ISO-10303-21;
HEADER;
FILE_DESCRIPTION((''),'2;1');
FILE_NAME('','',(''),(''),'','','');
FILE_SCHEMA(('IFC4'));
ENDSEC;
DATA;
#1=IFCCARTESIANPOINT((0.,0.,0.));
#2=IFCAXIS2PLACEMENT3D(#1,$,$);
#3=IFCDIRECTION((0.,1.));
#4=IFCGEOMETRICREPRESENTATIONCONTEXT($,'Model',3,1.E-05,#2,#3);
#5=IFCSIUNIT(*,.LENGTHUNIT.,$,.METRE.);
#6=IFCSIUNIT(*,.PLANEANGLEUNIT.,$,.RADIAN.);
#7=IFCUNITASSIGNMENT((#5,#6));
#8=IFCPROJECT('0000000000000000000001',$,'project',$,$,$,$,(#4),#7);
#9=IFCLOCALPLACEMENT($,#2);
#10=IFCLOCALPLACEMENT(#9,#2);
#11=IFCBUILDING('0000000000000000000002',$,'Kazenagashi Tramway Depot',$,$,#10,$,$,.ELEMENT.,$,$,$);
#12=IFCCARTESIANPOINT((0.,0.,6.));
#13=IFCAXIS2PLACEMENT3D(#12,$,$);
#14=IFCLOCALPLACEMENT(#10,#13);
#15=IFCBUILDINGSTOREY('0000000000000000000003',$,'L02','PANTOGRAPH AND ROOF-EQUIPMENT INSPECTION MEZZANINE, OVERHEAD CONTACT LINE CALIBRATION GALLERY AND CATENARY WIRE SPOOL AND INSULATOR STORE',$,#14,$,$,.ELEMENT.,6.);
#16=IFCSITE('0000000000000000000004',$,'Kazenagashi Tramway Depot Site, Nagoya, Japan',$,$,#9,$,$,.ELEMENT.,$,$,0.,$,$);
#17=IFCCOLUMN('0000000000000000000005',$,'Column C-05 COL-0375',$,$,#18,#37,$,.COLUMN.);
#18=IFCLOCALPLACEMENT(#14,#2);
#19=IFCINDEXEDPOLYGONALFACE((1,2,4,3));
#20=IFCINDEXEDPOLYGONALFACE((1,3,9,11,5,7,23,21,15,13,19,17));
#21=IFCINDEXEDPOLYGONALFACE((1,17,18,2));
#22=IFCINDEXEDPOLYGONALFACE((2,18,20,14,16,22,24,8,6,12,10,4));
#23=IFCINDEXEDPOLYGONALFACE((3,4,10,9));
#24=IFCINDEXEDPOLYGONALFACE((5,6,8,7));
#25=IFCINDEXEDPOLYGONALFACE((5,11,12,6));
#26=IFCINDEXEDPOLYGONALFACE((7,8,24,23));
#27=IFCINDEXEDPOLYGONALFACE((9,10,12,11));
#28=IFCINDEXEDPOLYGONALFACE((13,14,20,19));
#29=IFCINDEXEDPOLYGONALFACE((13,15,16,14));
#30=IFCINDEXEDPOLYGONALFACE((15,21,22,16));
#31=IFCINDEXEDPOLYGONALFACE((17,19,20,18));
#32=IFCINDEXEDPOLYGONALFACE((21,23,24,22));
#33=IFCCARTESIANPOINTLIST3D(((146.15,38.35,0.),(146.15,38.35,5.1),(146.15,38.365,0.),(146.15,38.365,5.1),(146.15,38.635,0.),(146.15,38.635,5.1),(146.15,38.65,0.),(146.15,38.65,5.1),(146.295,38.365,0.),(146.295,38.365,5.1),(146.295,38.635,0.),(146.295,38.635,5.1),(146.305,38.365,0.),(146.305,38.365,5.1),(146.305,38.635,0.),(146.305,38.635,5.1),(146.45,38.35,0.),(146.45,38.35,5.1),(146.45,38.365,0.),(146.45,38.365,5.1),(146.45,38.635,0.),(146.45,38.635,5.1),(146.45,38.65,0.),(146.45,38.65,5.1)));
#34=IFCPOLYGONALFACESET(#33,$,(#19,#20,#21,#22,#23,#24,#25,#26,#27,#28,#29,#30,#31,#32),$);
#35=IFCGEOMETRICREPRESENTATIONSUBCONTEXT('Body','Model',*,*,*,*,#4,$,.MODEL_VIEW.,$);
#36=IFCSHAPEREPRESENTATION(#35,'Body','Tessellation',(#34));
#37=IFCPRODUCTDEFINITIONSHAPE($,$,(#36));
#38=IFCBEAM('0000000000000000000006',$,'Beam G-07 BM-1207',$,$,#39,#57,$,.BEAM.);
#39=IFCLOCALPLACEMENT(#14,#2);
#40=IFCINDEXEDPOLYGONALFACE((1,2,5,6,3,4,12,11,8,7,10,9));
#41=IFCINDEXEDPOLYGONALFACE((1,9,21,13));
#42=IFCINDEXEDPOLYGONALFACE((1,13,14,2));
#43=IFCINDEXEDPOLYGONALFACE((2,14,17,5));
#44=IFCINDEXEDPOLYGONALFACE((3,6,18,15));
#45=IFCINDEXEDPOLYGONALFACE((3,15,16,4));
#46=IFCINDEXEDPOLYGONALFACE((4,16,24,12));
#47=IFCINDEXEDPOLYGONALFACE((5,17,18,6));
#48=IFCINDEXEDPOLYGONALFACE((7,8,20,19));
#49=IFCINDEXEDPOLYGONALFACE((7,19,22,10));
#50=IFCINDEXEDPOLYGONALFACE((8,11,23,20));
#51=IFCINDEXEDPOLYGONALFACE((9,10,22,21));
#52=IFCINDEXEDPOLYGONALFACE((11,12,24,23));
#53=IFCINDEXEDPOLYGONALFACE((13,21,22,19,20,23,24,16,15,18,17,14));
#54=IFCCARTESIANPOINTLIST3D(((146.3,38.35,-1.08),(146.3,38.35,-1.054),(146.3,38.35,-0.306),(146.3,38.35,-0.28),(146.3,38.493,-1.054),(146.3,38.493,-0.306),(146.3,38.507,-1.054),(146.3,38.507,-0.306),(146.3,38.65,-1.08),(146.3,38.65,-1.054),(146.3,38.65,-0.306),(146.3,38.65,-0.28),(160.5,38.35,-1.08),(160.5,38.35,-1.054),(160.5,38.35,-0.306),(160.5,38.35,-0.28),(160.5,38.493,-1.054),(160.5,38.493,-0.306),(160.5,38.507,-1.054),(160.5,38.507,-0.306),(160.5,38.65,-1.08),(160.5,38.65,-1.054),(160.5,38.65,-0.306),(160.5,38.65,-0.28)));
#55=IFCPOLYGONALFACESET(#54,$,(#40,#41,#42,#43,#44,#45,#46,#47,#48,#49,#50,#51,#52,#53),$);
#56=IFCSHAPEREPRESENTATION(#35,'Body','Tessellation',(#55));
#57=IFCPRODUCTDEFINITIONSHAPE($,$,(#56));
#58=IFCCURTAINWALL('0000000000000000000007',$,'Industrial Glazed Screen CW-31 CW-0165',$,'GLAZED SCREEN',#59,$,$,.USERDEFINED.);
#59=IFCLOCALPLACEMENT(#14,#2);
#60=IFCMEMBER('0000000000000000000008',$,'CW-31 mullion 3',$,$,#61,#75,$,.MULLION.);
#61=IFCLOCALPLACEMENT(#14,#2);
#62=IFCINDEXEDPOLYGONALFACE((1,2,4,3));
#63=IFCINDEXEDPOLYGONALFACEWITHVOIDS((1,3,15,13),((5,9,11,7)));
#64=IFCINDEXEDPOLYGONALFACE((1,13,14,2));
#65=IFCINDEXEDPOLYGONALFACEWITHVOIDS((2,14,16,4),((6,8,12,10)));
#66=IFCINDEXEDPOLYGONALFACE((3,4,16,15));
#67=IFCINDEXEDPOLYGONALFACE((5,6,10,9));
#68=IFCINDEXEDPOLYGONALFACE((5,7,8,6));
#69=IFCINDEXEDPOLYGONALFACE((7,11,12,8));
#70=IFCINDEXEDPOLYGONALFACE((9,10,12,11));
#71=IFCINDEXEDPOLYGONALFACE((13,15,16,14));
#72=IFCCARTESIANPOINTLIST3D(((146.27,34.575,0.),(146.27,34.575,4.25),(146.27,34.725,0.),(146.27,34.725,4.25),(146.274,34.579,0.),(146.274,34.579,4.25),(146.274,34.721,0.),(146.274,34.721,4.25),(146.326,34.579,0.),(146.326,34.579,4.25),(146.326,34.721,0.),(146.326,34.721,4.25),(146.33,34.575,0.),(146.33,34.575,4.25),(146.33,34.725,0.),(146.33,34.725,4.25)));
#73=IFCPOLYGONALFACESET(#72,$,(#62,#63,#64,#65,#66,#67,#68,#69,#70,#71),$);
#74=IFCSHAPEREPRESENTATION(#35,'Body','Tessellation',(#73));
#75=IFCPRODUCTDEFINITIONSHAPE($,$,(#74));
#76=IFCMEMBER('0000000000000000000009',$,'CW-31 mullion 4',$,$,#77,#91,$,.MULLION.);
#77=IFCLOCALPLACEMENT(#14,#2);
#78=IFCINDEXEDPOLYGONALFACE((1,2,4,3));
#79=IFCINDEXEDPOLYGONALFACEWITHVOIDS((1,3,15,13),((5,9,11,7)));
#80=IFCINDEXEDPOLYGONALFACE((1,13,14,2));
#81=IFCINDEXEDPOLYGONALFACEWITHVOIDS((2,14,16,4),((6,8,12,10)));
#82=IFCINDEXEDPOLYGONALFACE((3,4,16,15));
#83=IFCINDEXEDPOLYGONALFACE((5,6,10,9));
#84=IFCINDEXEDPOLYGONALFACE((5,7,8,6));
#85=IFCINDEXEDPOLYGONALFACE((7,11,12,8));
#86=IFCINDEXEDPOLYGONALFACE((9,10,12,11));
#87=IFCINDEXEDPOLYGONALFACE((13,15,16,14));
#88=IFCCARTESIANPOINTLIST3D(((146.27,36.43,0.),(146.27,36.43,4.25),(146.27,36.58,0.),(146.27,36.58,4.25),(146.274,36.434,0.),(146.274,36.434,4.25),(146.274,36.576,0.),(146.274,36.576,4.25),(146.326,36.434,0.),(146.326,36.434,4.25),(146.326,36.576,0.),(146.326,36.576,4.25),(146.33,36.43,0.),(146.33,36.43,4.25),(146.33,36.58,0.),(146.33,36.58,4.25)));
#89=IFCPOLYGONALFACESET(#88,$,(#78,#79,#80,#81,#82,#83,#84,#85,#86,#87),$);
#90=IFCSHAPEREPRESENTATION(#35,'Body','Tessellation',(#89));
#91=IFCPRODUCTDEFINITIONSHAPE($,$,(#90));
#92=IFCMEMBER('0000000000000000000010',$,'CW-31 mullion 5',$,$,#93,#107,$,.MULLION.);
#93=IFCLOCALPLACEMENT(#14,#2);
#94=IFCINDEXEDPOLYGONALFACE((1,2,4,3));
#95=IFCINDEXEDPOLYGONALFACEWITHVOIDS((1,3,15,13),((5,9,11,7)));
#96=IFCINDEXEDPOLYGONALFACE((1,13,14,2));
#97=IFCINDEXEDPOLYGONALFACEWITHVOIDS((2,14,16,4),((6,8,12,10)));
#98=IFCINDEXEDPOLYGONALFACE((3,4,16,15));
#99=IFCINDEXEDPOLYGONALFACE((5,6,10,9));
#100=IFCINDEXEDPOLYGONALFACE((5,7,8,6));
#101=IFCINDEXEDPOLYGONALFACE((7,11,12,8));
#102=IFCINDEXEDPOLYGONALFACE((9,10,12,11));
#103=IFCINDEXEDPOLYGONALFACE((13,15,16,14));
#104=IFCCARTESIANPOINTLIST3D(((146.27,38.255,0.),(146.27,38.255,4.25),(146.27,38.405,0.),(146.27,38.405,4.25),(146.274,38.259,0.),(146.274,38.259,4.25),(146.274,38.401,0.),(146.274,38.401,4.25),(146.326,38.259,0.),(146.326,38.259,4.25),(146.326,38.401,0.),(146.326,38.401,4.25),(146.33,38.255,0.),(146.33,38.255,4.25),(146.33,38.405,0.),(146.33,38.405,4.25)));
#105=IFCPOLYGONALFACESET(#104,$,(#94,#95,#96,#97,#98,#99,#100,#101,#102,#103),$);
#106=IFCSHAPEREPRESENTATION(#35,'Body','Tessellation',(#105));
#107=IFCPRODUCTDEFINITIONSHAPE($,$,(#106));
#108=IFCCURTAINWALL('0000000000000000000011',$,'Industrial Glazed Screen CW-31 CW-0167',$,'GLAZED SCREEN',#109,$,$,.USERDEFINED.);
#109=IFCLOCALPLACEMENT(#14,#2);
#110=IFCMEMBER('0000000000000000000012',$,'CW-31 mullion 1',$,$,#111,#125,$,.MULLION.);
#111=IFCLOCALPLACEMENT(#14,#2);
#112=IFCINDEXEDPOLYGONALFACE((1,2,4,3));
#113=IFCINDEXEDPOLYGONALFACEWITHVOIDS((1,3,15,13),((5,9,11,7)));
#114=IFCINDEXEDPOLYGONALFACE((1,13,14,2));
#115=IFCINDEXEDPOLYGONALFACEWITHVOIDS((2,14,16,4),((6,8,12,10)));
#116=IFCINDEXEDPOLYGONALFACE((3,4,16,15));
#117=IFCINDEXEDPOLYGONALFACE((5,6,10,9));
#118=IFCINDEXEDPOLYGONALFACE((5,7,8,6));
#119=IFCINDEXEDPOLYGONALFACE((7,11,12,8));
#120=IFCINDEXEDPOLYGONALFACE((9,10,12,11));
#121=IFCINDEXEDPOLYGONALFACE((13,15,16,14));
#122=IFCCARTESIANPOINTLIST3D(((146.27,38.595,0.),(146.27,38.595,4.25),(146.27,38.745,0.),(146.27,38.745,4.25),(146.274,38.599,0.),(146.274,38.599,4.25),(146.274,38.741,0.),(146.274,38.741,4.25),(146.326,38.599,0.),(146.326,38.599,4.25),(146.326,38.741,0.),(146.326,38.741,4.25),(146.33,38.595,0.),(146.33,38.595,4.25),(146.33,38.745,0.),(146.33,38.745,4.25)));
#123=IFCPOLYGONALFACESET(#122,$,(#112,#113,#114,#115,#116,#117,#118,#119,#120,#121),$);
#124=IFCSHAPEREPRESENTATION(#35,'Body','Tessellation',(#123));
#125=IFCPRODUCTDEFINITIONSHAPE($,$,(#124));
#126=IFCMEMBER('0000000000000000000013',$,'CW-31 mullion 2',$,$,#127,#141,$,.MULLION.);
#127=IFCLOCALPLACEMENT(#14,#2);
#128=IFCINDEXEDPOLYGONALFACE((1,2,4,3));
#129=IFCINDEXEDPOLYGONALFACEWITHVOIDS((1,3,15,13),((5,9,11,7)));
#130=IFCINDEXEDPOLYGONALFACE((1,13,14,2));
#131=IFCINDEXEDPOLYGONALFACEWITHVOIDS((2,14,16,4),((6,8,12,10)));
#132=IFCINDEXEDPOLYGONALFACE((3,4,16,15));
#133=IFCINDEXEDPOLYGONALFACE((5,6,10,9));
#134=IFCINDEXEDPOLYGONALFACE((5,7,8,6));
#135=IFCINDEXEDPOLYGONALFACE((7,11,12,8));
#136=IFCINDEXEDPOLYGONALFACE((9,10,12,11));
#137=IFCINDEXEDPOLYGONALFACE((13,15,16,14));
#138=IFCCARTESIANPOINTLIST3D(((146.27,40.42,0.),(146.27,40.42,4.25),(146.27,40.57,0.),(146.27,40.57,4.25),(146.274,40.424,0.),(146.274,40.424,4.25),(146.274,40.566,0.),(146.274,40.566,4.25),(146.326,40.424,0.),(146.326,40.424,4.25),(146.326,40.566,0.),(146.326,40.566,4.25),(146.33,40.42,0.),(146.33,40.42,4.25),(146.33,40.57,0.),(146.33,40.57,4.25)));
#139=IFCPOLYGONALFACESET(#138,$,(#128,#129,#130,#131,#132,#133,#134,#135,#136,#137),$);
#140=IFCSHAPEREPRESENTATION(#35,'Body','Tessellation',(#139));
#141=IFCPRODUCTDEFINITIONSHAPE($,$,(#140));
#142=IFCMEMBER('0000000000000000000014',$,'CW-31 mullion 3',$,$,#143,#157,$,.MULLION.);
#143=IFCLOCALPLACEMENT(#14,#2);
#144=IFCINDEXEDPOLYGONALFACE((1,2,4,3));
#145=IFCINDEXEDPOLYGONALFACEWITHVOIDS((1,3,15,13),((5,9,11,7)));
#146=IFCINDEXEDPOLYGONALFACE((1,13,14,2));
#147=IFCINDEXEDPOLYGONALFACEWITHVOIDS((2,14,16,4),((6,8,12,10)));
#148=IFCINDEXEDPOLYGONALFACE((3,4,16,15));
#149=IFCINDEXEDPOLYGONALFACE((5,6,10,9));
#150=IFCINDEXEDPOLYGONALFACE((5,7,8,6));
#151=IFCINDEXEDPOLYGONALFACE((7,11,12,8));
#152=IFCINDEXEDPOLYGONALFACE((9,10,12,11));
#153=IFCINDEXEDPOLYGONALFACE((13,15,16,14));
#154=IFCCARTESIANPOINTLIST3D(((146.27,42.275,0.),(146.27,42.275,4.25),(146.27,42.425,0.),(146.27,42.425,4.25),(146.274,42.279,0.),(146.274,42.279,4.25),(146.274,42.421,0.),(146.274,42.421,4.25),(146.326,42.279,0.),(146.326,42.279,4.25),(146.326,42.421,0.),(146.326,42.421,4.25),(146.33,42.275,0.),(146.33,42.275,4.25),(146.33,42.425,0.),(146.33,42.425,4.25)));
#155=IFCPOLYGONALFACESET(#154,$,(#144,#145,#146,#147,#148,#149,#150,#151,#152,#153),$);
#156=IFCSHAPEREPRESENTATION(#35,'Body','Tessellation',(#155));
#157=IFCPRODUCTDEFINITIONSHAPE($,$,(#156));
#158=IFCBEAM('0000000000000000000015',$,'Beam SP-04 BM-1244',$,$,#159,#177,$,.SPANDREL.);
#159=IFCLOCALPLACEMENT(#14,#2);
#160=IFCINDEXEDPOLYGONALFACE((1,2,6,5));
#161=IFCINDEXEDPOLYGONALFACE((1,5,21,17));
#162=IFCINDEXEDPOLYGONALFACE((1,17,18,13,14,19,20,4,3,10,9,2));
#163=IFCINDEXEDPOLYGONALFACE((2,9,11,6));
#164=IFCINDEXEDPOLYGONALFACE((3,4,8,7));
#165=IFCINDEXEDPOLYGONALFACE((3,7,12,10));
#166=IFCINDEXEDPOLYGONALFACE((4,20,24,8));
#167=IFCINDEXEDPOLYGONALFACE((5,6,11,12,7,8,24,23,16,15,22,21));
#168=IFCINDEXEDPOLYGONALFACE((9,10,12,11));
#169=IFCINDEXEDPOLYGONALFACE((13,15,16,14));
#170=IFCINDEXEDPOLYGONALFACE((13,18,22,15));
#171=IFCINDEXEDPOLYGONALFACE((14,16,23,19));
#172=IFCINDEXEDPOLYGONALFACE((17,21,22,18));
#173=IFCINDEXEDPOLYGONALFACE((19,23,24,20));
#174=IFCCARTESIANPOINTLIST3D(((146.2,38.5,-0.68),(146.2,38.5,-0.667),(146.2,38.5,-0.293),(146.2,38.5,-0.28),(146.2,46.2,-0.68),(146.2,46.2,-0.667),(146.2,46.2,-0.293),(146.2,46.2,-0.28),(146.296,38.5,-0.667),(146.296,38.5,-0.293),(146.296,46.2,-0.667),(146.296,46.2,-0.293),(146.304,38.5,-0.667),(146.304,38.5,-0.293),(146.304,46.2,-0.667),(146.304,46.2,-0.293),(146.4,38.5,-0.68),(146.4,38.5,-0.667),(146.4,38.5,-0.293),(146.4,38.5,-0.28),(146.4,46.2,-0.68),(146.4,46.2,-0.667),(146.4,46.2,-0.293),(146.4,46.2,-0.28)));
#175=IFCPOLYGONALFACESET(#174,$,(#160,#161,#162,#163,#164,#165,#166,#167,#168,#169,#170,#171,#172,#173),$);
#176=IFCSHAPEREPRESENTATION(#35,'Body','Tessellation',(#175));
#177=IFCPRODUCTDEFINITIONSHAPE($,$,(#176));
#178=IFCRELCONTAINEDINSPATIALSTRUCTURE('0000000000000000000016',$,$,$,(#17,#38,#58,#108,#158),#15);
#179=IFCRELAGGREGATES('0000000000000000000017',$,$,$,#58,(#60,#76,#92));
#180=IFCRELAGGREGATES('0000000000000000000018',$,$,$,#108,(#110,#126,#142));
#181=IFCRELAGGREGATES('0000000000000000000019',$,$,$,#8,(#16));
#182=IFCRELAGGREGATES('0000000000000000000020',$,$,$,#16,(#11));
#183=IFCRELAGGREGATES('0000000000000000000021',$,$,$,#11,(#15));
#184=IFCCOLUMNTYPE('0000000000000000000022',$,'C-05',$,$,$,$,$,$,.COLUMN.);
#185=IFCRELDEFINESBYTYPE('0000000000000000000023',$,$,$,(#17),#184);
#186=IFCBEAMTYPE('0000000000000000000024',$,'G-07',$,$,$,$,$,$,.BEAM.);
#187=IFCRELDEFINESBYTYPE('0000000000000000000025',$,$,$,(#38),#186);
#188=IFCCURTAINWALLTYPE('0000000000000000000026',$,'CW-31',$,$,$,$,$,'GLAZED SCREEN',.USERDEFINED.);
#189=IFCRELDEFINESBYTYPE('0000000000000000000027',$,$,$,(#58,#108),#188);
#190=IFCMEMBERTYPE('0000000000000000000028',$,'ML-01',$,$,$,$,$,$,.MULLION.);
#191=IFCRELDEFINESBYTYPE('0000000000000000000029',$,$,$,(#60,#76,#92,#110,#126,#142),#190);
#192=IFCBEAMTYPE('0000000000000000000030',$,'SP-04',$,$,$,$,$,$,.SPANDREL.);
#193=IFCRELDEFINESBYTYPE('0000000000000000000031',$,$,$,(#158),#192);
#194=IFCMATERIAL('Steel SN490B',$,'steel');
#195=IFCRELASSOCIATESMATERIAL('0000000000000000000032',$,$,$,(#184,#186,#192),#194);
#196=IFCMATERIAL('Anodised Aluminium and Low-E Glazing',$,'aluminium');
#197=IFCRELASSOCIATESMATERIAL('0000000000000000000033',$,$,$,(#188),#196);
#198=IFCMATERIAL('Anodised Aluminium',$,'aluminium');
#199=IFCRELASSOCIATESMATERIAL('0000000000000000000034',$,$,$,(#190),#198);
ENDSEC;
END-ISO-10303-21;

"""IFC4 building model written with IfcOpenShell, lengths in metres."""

from ifc_helpers import new_model, si_unit, direction, frame, origin, origin_2d, place, context, subcontext, project, spatial, hollow_rectangle, i_section, extrude, material, material_profile, profile_set, type_object, element, aggregate, save


model = new_model("IFC4")

# Units and contexts
model_context = context("Model", 3, precision=1e-05, world=origin(), true_north=direction((0.0, 1.0)))
body_context = subcontext(model_context, "Body", "Model", "MODEL_VIEW")
ifc_project = project(units=[si_unit("LENGTHUNIT", "METRE"), si_unit("PLANEANGLEUNIT", "RADIAN")], contexts=[model_context])

# Site, building, storey
site_placement = place(None, origin())
site = spatial("IfcSite", under=ifc_project, at=site_placement, Name="Kazenagashi Tramway Depot Site, Nagoya, Japan", CompositionType="ELEMENT", RefElevation=0.0)
building_placement = place(site_placement, origin())
building = spatial("IfcBuilding", under=site, at=building_placement, Name="Kazenagashi Tramway Depot", CompositionType="ELEMENT")
storey_placement = place(building_placement, frame((0.0, 0.0, 6.0)))
storey = spatial("IfcBuildingStorey", under=building, at=storey_placement, Name="L02", Description="PANTOGRAPH AND ROOF-EQUIPMENT INSPECTION MEZZANINE, OVERHEAD CONTACT LINE CALIBRATION GALLERY AND CATENARY WIRE SPOOL AND INSULATOR STORE", CompositionType="ELEMENT", Elevation=6.0)

# Column
ifc_material_1 = material(Name="Steel SN490B", Category="steel")
ifc_material_profile_1 = material_profile(ifc_material_1, i_section(OverallWidth=0.3, OverallDepth=0.3, WebThickness=0.01, FlangeThickness=0.015, at=origin_2d()), Name="H-300x300x10x15")
ifc_profile_set_1 = profile_set([ifc_material_profile_1], Name="Steel SN490B")
column_type = type_object("IfcColumnType", Name="C-05", PredefinedType="COLUMN", material=ifc_profile_set_1)
column_placement = place(storey_placement, frame((146.3, 38.5, 0.0), z_axis=(0.0, 0.0, 1.0), x_axis=(1.0, 0.0, 0.0)))
element("IfcColumn", 1, at=column_placement, inside=storey, type_object=column_type, Name="Column C-05 COL-0375", PredefinedType="COLUMN", context=body_context, shape_type="SweptSolid", body=[
    extrude(i_section(OverallWidth=0.3, OverallDepth=0.3, WebThickness=0.01, FlangeThickness=0.015, at=origin_2d()), origin(), (0.0, 0.0, 1.0), 5.1),
])

# Beam
ifc_material_profile_2 = material_profile(ifc_material_1, i_section(OverallWidth=0.3, OverallDepth=0.8, WebThickness=0.014, FlangeThickness=0.026, at=origin_2d()), Name="H-800x300x14x26")
ifc_profile_set_2 = profile_set([ifc_material_profile_2], Name="Steel SN490B")
beam_type_1 = type_object("IfcBeamType", Name="G-07", PredefinedType="BEAM", material=ifc_profile_set_2)
beam_1_placement = place(storey_placement, frame((146.3, 38.5, -0.68), z_axis=(1.0, 0.0, 0.0), x_axis=(0.0, 1.0, 0.0)))
element("IfcBeam", 2, at=beam_1_placement, inside=storey, type_object=beam_type_1, Name="Beam G-07 BM-1207", PredefinedType="BEAM", context=body_context, shape_type="SweptSolid", body=[
    extrude(i_section(OverallWidth=0.3, OverallDepth=0.8, WebThickness=0.014, FlangeThickness=0.026, at=origin_2d()), origin(), (0.0, 0.0, 1.0), 14.2),
])

# Curtain walls, members
ifc_material_2 = material(Name="Anodised Aluminium and Low-E Glazing", Category="aluminium")
curtain_wall_type = type_object("IfcCurtainWallType", Name="CW-31", ElementType="GLAZED SCREEN", PredefinedType="USERDEFINED", material=ifc_material_2)
curtain_wall_1_placement = place(storey_placement, origin())
curtain_wall_1 = element("IfcCurtainWall", 3, at=curtain_wall_1_placement, inside=storey, type_object=curtain_wall_type, Name="Industrial Glazed Screen CW-31 CW-0165", ObjectType="GLAZED SCREEN", PredefinedType="USERDEFINED")
ifc_material_3 = material(Name="Anodised Aluminium", Category="aluminium")
ifc_material_profile_3 = material_profile(ifc_material_3, hollow_rectangle(XDim=0.06, YDim=0.15, WallThickness=0.004, at=origin_2d()), Name="RHS-150x60x4")
ifc_profile_set_3 = profile_set([ifc_material_profile_3], Name="Anodised Aluminium")
member_type_1 = type_object("IfcMemberType", Name="ML-01", PredefinedType="MULLION", material=ifc_profile_set_3)
member_1_placement = place(storey_placement, frame((146.3, 34.65, 0.0), z_axis=(0.0, 0.0, 1.0), x_axis=(-1.0, 0.0, 0.0)))
member_1 = element("IfcMember", 4, at=member_1_placement, type_object=member_type_1, Name="CW-31 mullion 3", PredefinedType="MULLION", context=body_context, shape_type="SweptSolid", body=[
    extrude(hollow_rectangle(XDim=0.06, YDim=0.15, WallThickness=0.004, at=origin_2d()), origin(), (0.0, 0.0, 1.0), 4.25),
])
member_2_placement = place(storey_placement, frame((146.3, 36.505, 0.0), z_axis=(0.0, 0.0, 1.0), x_axis=(-1.0, 0.0, 0.0)))
member_2 = element("IfcMember", 5, at=member_2_placement, type_object=member_type_1, Name="CW-31 mullion 4", PredefinedType="MULLION", context=body_context, shape_type="SweptSolid", body=[
    extrude(hollow_rectangle(XDim=0.06, YDim=0.15, WallThickness=0.004, at=origin_2d()), origin(), (0.0, 0.0, 1.0), 4.25),
])
member_3_placement = place(storey_placement, frame((146.3, 38.33, 0.0), z_axis=(0.0, 0.0, 1.0), x_axis=(-1.0, 0.0, 0.0)))
member_3 = element("IfcMember", 6, at=member_3_placement, type_object=member_type_1, Name="CW-31 mullion 5", PredefinedType="MULLION", context=body_context, shape_type="SweptSolid", body=[
    extrude(hollow_rectangle(XDim=0.06, YDim=0.15, WallThickness=0.004, at=origin_2d()), origin(), (0.0, 0.0, 1.0), 4.25),
])
curtain_wall_2_placement = place(storey_placement, origin())
curtain_wall_2 = element("IfcCurtainWall", 7, at=curtain_wall_2_placement, inside=storey, type_object=curtain_wall_type, Name="Industrial Glazed Screen CW-31 CW-0167", ObjectType="GLAZED SCREEN", PredefinedType="USERDEFINED")
member_4_placement = place(storey_placement, frame((146.3, 38.67, 0.0), z_axis=(0.0, 0.0, 1.0), x_axis=(-1.0, 0.0, 0.0)))
member_4 = element("IfcMember", 8, at=member_4_placement, type_object=member_type_1, Name="CW-31 mullion 1", PredefinedType="MULLION", context=body_context, shape_type="SweptSolid", body=[
    extrude(hollow_rectangle(XDim=0.06, YDim=0.15, WallThickness=0.004, at=origin_2d()), origin(), (0.0, 0.0, 1.0), 4.25),
])
member_5_placement = place(storey_placement, frame((146.3, 40.495, 0.0), z_axis=(0.0, 0.0, 1.0), x_axis=(-1.0, 0.0, 0.0)))
member_5 = element("IfcMember", 9, at=member_5_placement, type_object=member_type_1, Name="CW-31 mullion 2", PredefinedType="MULLION", context=body_context, shape_type="SweptSolid", body=[
    extrude(hollow_rectangle(XDim=0.06, YDim=0.15, WallThickness=0.004, at=origin_2d()), origin(), (0.0, 0.0, 1.0), 4.25),
])
member_6_placement = place(storey_placement, frame((146.3, 42.35, 0.0), z_axis=(0.0, 0.0, 1.0), x_axis=(-1.0, 0.0, 0.0)))
member_6 = element("IfcMember", 10, at=member_6_placement, type_object=member_type_1, Name="CW-31 mullion 3", PredefinedType="MULLION", context=body_context, shape_type="SweptSolid", body=[
    extrude(hollow_rectangle(XDim=0.06, YDim=0.15, WallThickness=0.004, at=origin_2d()), origin(), (0.0, 0.0, 1.0), 4.25),
])

# Beam
ifc_material_profile_4 = material_profile(ifc_material_1, i_section(OverallWidth=0.2, OverallDepth=0.4, WebThickness=0.008, FlangeThickness=0.013, at=origin_2d()), Name="H-400x200x8x13")
ifc_profile_set_4 = profile_set([ifc_material_profile_4], Name="Steel SN490B")
beam_type_2 = type_object("IfcBeamType", Name="SP-04", PredefinedType="SPANDREL", material=ifc_profile_set_4)
beam_2_placement = place(storey_placement, frame((146.3, 38.5, -0.48), z_axis=(0.0, 1.0, 0.0), x_axis=(-1.0, 0.0, 0.0)))
element("IfcBeam", 11, at=beam_2_placement, inside=storey, type_object=beam_type_2, Name="Beam SP-04 BM-1244", PredefinedType="SPANDREL", context=body_context, shape_type="SweptSolid", body=[
    extrude(i_section(OverallWidth=0.2, OverallDepth=0.4, WebThickness=0.008, FlangeThickness=0.013, at=origin_2d()), origin(), (0.0, 0.0, 1.0), 7.7),
])

aggregate(curtain_wall_1, [member_1, member_2, member_3])
aggregate(curtain_wall_2, [member_4, member_5, member_6])

save(model, "model.ifc")
